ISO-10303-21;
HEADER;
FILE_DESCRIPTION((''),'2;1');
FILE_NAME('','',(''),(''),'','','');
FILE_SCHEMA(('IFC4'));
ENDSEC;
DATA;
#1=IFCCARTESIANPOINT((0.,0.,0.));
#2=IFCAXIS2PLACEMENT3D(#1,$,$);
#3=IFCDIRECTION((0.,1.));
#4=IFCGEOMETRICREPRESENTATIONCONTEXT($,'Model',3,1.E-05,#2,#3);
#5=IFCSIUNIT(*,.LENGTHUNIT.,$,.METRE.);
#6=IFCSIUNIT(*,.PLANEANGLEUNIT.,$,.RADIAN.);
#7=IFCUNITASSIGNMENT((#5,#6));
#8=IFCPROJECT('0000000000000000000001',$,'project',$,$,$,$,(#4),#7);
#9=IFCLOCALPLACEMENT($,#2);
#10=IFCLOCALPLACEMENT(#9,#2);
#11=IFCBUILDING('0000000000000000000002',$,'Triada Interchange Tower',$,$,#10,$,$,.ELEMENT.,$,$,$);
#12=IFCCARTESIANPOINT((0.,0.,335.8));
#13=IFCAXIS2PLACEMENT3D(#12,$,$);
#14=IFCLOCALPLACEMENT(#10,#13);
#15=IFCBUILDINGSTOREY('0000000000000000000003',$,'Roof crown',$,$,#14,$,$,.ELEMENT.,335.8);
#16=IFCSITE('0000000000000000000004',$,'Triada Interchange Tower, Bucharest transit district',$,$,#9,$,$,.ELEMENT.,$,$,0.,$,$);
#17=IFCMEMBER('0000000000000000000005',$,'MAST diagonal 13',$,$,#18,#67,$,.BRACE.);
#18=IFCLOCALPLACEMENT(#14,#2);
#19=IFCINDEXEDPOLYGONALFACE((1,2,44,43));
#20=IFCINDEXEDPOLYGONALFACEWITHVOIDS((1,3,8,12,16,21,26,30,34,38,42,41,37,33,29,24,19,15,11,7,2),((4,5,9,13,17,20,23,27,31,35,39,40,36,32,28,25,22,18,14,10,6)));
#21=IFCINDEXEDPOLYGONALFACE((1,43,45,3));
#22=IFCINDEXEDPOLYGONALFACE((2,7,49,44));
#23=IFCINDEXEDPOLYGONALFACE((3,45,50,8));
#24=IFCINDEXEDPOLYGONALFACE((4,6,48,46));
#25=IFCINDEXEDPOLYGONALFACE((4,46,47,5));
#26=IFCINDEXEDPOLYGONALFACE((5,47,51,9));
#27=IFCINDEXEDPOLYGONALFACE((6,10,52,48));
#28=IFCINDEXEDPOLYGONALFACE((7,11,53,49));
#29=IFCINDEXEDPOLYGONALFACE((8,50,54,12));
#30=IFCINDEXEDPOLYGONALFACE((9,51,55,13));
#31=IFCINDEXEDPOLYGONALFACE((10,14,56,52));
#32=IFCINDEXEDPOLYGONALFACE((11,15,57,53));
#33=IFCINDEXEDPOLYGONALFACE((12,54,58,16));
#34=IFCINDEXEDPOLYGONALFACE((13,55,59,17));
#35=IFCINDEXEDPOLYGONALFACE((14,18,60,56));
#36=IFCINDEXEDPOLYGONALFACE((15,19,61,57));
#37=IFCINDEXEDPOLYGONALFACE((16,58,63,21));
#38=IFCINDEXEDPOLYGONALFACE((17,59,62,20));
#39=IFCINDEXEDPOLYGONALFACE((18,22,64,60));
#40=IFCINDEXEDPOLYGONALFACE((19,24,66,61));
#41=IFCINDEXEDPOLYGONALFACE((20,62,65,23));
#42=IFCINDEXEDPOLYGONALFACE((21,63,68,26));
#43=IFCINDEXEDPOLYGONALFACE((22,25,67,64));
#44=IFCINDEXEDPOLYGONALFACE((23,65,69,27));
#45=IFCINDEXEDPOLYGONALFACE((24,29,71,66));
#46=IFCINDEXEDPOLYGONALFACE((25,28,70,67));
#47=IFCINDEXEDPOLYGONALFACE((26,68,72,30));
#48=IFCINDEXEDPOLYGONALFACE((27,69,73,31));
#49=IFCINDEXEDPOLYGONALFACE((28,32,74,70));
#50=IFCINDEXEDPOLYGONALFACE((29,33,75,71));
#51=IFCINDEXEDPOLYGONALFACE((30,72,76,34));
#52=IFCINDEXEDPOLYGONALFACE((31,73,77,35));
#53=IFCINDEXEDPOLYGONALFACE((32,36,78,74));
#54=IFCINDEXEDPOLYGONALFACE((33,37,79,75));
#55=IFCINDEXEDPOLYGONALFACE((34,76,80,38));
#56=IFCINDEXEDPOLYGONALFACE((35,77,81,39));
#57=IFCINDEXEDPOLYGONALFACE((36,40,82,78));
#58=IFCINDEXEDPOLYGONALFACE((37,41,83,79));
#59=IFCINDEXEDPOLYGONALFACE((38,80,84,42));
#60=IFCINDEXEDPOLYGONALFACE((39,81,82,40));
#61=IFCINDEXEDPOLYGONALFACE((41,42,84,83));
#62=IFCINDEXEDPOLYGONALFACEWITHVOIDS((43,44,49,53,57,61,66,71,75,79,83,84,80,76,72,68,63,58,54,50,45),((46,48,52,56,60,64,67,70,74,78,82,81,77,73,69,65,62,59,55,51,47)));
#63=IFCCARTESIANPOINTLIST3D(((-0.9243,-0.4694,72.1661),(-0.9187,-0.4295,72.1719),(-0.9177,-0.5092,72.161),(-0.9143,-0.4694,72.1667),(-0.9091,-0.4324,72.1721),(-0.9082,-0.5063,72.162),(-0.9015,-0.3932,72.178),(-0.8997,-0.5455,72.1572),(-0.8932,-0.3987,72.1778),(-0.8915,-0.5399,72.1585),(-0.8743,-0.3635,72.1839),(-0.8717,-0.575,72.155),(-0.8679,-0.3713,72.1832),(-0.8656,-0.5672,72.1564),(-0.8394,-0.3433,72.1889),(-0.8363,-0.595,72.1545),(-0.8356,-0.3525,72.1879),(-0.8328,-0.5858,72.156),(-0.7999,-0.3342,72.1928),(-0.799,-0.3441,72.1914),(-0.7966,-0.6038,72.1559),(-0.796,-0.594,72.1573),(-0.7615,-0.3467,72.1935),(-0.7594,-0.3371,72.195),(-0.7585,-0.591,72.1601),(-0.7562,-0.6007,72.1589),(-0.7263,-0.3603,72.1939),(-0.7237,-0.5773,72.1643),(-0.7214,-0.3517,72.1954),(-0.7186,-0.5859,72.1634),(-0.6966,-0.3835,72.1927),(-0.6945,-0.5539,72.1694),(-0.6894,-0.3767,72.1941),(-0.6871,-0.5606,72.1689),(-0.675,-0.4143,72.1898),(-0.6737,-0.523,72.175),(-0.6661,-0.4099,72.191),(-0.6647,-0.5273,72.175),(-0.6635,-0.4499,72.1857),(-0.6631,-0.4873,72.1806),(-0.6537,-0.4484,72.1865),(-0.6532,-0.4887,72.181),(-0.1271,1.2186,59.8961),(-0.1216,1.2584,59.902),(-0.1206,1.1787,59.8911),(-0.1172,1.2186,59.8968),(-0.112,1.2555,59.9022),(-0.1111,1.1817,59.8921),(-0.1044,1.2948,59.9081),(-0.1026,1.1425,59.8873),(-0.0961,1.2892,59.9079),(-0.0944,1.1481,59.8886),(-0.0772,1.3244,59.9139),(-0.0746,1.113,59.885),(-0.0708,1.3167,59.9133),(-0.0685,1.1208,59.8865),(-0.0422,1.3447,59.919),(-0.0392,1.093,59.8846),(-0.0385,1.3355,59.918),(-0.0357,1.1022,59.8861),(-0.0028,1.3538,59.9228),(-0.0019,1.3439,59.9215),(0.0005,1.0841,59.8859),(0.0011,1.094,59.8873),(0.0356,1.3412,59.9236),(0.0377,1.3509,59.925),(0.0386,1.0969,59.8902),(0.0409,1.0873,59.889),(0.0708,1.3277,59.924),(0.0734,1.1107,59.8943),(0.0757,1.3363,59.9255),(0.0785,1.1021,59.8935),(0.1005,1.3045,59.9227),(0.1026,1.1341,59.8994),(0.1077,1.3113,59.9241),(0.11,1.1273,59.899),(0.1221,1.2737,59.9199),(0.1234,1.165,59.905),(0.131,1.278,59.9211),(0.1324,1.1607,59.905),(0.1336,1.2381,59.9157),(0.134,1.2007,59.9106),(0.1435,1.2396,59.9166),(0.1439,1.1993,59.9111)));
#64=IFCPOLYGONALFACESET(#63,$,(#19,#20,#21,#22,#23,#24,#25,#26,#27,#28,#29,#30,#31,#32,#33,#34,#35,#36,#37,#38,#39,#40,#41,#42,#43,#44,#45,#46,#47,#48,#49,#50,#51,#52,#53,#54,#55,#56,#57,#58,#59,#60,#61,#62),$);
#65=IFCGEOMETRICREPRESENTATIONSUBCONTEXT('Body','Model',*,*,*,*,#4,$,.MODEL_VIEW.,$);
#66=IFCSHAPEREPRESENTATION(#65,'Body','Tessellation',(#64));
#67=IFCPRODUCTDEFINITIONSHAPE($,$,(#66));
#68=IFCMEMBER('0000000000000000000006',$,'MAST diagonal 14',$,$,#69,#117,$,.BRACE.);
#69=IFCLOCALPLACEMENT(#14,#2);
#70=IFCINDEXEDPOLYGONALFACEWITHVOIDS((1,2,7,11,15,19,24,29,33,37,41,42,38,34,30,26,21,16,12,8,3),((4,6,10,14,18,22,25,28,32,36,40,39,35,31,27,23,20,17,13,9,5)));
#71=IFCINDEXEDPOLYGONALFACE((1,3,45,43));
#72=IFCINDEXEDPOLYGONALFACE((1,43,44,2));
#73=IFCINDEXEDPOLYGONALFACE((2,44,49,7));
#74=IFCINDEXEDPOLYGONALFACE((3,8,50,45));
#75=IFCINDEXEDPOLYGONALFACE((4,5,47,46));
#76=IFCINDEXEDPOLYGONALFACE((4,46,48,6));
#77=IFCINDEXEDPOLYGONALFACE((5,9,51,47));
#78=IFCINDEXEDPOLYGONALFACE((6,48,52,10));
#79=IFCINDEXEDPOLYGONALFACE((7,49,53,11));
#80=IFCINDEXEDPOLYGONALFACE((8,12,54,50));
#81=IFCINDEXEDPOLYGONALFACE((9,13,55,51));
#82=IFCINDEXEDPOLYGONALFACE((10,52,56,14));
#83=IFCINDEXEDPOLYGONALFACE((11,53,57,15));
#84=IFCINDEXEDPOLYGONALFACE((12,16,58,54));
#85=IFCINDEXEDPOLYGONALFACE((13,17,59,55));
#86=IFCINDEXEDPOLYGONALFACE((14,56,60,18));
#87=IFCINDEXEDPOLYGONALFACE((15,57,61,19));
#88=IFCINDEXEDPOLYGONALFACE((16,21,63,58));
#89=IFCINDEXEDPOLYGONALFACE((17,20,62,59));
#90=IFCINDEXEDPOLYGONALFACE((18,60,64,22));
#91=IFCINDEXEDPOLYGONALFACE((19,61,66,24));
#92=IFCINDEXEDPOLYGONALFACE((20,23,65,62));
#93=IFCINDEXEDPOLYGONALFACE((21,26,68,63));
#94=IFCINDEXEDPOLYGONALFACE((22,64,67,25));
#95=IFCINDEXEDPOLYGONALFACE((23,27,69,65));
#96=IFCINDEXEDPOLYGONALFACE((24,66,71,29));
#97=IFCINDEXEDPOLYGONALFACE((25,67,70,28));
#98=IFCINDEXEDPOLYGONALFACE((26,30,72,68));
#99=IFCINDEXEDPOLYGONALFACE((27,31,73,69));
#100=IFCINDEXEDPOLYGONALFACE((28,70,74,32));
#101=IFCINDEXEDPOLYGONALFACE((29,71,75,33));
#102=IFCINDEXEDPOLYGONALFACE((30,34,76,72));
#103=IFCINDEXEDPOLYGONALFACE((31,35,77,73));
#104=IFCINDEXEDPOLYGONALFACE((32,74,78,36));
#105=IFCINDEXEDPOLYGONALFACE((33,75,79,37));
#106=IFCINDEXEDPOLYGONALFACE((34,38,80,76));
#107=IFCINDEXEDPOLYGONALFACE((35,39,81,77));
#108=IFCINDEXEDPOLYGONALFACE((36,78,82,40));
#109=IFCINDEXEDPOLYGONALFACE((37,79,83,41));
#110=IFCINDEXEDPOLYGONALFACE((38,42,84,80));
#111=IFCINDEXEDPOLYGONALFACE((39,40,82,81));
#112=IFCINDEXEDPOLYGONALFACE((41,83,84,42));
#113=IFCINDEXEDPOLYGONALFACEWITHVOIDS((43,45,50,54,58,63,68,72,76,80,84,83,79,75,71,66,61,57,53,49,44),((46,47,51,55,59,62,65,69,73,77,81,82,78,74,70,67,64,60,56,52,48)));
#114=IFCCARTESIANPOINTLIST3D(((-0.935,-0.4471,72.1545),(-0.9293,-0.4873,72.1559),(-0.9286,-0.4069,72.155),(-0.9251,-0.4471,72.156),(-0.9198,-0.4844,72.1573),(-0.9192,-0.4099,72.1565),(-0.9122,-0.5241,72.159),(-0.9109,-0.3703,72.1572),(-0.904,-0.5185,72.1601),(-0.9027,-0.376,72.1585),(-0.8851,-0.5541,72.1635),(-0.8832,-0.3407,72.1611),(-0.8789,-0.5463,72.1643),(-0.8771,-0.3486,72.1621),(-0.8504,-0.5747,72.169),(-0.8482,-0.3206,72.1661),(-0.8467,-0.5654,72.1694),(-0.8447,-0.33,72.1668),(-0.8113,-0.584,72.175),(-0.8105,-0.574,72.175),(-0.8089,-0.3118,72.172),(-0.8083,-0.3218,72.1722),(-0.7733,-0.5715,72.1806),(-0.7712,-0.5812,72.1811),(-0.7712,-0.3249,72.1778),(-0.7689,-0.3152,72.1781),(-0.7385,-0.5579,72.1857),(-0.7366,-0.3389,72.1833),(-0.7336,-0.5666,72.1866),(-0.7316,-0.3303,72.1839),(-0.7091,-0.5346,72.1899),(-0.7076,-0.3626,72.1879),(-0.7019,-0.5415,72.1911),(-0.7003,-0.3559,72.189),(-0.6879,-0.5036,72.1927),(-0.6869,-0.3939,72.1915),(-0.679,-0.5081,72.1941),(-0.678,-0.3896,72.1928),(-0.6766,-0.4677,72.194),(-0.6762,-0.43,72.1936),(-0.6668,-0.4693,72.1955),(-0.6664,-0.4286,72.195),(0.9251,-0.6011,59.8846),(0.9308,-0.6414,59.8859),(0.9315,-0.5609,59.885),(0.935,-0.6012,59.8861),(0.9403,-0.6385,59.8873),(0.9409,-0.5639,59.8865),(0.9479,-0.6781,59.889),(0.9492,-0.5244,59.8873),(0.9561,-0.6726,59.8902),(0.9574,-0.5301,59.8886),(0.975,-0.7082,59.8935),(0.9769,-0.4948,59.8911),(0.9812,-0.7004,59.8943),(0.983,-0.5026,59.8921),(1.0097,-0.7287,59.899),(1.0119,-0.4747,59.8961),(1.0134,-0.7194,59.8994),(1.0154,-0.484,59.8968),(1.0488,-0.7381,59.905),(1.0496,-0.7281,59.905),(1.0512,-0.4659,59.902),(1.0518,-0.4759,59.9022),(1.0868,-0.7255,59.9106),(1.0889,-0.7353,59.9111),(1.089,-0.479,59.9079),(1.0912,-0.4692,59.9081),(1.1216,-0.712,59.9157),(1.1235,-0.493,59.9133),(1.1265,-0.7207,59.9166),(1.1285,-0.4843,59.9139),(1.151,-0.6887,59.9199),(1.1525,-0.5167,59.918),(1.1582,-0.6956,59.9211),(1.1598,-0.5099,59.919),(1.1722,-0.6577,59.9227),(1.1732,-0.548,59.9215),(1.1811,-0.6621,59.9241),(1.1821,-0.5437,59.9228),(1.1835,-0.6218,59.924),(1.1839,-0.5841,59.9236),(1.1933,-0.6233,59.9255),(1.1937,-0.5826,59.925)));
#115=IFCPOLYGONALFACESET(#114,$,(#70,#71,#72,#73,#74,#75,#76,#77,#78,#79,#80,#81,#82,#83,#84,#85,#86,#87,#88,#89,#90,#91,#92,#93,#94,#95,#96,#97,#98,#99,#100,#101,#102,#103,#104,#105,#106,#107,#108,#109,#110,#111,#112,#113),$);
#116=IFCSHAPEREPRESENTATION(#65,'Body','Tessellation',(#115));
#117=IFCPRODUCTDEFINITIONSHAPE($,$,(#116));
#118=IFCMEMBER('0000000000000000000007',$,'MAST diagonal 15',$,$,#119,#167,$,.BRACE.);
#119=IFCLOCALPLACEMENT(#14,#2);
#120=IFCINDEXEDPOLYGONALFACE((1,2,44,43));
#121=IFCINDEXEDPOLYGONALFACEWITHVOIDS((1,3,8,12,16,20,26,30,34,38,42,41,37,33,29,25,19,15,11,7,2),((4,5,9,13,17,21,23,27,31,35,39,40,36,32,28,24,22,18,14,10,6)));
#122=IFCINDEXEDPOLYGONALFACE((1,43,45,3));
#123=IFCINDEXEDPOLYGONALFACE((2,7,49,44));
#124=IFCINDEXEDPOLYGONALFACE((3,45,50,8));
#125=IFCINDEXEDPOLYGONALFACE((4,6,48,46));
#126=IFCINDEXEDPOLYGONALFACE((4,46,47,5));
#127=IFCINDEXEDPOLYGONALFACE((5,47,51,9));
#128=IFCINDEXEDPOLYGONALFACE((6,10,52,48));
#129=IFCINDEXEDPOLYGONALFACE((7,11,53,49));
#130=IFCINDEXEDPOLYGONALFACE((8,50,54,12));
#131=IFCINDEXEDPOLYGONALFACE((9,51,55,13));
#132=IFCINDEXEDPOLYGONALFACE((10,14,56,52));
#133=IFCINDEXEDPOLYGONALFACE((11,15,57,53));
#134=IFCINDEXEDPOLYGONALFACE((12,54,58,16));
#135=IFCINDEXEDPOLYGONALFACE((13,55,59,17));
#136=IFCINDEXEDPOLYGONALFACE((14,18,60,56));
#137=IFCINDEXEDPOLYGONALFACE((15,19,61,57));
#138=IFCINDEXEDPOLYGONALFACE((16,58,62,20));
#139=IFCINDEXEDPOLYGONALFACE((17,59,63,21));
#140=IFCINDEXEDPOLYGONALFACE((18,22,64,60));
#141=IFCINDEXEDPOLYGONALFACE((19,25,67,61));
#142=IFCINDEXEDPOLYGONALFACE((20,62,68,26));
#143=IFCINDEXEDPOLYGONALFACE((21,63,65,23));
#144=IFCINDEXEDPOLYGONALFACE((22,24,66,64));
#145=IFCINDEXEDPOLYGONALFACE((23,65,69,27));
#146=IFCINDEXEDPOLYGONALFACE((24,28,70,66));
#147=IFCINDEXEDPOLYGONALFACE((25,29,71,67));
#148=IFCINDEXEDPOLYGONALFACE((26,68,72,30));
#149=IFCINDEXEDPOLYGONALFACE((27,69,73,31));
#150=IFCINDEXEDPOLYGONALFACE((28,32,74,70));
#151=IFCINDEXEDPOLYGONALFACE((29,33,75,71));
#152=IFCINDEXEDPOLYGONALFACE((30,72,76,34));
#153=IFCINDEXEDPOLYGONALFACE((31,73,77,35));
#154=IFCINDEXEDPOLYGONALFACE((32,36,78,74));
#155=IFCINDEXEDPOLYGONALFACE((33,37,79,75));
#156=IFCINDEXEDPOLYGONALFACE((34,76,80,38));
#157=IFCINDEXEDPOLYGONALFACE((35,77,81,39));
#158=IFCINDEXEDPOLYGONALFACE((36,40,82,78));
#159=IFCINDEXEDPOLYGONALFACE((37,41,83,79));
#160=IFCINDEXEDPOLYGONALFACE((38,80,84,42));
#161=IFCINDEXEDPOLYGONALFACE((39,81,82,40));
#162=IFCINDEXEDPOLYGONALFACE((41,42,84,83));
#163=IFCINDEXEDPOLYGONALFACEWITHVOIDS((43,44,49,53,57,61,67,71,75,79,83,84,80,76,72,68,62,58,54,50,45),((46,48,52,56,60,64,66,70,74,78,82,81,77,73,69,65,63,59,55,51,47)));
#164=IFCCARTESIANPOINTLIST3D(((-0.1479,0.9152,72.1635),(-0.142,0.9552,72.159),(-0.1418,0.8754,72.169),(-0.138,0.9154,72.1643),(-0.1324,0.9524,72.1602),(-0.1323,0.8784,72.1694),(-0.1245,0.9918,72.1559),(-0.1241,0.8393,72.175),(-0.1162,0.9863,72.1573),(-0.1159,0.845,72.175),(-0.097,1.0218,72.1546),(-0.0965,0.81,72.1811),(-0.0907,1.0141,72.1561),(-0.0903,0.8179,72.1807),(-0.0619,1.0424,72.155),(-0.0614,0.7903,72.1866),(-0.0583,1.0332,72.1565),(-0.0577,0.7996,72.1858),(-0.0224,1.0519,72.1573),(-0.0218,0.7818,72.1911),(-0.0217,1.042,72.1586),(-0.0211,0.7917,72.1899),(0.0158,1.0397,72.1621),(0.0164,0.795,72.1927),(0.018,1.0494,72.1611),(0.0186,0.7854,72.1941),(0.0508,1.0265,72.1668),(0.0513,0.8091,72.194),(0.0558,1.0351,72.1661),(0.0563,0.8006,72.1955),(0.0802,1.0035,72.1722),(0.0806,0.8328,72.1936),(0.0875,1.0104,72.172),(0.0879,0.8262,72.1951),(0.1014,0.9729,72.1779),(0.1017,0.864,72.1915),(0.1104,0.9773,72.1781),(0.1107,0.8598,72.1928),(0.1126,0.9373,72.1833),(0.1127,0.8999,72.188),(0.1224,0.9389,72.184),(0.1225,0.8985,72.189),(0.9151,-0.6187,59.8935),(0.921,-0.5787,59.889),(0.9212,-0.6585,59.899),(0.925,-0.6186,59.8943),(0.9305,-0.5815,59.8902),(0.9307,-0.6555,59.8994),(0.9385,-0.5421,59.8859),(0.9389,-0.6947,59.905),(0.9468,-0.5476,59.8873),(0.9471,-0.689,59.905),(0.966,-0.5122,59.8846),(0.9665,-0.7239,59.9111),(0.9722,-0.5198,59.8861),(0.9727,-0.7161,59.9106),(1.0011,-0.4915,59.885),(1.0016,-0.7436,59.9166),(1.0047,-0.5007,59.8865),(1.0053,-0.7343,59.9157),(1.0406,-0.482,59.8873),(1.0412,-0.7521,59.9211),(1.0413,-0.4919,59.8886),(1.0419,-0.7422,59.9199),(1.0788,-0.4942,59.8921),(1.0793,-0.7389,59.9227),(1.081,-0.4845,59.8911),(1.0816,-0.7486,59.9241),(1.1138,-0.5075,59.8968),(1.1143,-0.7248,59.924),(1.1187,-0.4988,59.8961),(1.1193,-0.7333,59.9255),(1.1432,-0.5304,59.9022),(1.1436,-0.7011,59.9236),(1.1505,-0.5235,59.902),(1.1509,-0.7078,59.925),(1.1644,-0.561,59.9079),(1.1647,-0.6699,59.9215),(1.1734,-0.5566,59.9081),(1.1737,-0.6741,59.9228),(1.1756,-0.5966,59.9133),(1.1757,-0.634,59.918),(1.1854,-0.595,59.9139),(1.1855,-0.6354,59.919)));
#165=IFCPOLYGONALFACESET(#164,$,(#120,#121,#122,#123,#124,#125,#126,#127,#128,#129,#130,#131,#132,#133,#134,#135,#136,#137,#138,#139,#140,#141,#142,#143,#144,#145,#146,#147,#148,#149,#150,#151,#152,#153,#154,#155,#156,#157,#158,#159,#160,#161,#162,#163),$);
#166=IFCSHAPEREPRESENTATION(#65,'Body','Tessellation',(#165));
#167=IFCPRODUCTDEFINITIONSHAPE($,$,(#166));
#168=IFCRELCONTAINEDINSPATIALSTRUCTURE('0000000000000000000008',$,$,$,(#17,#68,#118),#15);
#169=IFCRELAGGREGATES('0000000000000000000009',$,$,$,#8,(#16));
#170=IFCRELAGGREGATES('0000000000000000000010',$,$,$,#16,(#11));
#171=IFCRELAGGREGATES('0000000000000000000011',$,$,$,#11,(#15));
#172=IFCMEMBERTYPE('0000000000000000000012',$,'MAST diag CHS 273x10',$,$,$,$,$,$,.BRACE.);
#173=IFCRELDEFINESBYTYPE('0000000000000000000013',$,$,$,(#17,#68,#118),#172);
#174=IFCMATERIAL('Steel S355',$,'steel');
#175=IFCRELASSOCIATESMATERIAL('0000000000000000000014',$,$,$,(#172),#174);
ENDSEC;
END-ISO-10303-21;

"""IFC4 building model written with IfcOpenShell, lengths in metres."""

from ifc_helpers import new_model, si_unit, direction, frame, origin, origin_2d, place, context, subcontext, project, spatial, hollow_circle, extrude, material, material_profile, profile_set, type_object, element, save


model = new_model("IFC4")

# Units and contexts
model_context = context("Model", 3, precision=1e-05, world=origin(), true_north=direction((0.0, 1.0)))
body_context = subcontext(model_context, "Body", "Model", "MODEL_VIEW")
ifc_project = project(units=[si_unit("LENGTHUNIT", "METRE"), si_unit("PLANEANGLEUNIT", "RADIAN")], contexts=[model_context])

# Site, building, storey
site_placement = place(None, origin())
site = spatial("IfcSite", under=ifc_project, at=site_placement, Name="Triada Interchange Tower, Bucharest transit district", CompositionType="ELEMENT", RefElevation=0.0)
building_placement = place(site_placement, origin())
building = spatial("IfcBuilding", under=site, at=building_placement, Name="Triada Interchange Tower", CompositionType="ELEMENT")
storey_placement = place(building_placement, frame((0.0, 0.0, 335.8)))
storey = spatial("IfcBuildingStorey", under=building, at=storey_placement, Name="Roof crown", CompositionType="ELEMENT", Elevation=335.8)

# Members
ifc_material = material(Name="Steel S355", Category="steel")
ifc_material_profile_1 = material_profile(ifc_material, hollow_circle(Radius=0.1365, WallThickness=0.01, at=origin_2d()), Name="CHS 273x10")
ifc_profile_set_1 = profile_set([ifc_material_profile_1], Name="Steel S355")
member_type_1 = type_object("IfcMemberType", Name="MAST diag CHS 273x10", PredefinedType="BRACE", material=ifc_profile_set_1)
for number, where, z_axis, x_axis, name in (
    (1, (0.009, 1.219, 59.905), (-0.064226, -0.136005, 0.988624), (0.904246, -0.427012, 0.0), "MAST diagonal 13"),
    (2, (1.0601, -0.6021, 59.905), (-0.149874, 0.012412, 0.988627), (-0.082537, -0.996588, 0.0), "MAST diagonal 14"),
    (3, (1.051, -0.6169, 59.905), (-0.085648, 0.123593, 0.98863), (-0.821933, -0.569584, 0.0), "MAST diagonal 15"),
):
    element("IfcMember", number, at=place(storey_placement, frame(where, z_axis=z_axis, x_axis=x_axis)), inside=storey, type_object=member_type_1, Name=name, PredefinedType="BRACE", context=body_context, shape_type="SweptSolid", body=[
        extrude(hollow_circle(Radius=0.1365, WallThickness=0.01, at=origin_2d()), origin(), (0.0, 0.0, 1.0), 12.4111),
    ])

save(model, "model.ifc")
